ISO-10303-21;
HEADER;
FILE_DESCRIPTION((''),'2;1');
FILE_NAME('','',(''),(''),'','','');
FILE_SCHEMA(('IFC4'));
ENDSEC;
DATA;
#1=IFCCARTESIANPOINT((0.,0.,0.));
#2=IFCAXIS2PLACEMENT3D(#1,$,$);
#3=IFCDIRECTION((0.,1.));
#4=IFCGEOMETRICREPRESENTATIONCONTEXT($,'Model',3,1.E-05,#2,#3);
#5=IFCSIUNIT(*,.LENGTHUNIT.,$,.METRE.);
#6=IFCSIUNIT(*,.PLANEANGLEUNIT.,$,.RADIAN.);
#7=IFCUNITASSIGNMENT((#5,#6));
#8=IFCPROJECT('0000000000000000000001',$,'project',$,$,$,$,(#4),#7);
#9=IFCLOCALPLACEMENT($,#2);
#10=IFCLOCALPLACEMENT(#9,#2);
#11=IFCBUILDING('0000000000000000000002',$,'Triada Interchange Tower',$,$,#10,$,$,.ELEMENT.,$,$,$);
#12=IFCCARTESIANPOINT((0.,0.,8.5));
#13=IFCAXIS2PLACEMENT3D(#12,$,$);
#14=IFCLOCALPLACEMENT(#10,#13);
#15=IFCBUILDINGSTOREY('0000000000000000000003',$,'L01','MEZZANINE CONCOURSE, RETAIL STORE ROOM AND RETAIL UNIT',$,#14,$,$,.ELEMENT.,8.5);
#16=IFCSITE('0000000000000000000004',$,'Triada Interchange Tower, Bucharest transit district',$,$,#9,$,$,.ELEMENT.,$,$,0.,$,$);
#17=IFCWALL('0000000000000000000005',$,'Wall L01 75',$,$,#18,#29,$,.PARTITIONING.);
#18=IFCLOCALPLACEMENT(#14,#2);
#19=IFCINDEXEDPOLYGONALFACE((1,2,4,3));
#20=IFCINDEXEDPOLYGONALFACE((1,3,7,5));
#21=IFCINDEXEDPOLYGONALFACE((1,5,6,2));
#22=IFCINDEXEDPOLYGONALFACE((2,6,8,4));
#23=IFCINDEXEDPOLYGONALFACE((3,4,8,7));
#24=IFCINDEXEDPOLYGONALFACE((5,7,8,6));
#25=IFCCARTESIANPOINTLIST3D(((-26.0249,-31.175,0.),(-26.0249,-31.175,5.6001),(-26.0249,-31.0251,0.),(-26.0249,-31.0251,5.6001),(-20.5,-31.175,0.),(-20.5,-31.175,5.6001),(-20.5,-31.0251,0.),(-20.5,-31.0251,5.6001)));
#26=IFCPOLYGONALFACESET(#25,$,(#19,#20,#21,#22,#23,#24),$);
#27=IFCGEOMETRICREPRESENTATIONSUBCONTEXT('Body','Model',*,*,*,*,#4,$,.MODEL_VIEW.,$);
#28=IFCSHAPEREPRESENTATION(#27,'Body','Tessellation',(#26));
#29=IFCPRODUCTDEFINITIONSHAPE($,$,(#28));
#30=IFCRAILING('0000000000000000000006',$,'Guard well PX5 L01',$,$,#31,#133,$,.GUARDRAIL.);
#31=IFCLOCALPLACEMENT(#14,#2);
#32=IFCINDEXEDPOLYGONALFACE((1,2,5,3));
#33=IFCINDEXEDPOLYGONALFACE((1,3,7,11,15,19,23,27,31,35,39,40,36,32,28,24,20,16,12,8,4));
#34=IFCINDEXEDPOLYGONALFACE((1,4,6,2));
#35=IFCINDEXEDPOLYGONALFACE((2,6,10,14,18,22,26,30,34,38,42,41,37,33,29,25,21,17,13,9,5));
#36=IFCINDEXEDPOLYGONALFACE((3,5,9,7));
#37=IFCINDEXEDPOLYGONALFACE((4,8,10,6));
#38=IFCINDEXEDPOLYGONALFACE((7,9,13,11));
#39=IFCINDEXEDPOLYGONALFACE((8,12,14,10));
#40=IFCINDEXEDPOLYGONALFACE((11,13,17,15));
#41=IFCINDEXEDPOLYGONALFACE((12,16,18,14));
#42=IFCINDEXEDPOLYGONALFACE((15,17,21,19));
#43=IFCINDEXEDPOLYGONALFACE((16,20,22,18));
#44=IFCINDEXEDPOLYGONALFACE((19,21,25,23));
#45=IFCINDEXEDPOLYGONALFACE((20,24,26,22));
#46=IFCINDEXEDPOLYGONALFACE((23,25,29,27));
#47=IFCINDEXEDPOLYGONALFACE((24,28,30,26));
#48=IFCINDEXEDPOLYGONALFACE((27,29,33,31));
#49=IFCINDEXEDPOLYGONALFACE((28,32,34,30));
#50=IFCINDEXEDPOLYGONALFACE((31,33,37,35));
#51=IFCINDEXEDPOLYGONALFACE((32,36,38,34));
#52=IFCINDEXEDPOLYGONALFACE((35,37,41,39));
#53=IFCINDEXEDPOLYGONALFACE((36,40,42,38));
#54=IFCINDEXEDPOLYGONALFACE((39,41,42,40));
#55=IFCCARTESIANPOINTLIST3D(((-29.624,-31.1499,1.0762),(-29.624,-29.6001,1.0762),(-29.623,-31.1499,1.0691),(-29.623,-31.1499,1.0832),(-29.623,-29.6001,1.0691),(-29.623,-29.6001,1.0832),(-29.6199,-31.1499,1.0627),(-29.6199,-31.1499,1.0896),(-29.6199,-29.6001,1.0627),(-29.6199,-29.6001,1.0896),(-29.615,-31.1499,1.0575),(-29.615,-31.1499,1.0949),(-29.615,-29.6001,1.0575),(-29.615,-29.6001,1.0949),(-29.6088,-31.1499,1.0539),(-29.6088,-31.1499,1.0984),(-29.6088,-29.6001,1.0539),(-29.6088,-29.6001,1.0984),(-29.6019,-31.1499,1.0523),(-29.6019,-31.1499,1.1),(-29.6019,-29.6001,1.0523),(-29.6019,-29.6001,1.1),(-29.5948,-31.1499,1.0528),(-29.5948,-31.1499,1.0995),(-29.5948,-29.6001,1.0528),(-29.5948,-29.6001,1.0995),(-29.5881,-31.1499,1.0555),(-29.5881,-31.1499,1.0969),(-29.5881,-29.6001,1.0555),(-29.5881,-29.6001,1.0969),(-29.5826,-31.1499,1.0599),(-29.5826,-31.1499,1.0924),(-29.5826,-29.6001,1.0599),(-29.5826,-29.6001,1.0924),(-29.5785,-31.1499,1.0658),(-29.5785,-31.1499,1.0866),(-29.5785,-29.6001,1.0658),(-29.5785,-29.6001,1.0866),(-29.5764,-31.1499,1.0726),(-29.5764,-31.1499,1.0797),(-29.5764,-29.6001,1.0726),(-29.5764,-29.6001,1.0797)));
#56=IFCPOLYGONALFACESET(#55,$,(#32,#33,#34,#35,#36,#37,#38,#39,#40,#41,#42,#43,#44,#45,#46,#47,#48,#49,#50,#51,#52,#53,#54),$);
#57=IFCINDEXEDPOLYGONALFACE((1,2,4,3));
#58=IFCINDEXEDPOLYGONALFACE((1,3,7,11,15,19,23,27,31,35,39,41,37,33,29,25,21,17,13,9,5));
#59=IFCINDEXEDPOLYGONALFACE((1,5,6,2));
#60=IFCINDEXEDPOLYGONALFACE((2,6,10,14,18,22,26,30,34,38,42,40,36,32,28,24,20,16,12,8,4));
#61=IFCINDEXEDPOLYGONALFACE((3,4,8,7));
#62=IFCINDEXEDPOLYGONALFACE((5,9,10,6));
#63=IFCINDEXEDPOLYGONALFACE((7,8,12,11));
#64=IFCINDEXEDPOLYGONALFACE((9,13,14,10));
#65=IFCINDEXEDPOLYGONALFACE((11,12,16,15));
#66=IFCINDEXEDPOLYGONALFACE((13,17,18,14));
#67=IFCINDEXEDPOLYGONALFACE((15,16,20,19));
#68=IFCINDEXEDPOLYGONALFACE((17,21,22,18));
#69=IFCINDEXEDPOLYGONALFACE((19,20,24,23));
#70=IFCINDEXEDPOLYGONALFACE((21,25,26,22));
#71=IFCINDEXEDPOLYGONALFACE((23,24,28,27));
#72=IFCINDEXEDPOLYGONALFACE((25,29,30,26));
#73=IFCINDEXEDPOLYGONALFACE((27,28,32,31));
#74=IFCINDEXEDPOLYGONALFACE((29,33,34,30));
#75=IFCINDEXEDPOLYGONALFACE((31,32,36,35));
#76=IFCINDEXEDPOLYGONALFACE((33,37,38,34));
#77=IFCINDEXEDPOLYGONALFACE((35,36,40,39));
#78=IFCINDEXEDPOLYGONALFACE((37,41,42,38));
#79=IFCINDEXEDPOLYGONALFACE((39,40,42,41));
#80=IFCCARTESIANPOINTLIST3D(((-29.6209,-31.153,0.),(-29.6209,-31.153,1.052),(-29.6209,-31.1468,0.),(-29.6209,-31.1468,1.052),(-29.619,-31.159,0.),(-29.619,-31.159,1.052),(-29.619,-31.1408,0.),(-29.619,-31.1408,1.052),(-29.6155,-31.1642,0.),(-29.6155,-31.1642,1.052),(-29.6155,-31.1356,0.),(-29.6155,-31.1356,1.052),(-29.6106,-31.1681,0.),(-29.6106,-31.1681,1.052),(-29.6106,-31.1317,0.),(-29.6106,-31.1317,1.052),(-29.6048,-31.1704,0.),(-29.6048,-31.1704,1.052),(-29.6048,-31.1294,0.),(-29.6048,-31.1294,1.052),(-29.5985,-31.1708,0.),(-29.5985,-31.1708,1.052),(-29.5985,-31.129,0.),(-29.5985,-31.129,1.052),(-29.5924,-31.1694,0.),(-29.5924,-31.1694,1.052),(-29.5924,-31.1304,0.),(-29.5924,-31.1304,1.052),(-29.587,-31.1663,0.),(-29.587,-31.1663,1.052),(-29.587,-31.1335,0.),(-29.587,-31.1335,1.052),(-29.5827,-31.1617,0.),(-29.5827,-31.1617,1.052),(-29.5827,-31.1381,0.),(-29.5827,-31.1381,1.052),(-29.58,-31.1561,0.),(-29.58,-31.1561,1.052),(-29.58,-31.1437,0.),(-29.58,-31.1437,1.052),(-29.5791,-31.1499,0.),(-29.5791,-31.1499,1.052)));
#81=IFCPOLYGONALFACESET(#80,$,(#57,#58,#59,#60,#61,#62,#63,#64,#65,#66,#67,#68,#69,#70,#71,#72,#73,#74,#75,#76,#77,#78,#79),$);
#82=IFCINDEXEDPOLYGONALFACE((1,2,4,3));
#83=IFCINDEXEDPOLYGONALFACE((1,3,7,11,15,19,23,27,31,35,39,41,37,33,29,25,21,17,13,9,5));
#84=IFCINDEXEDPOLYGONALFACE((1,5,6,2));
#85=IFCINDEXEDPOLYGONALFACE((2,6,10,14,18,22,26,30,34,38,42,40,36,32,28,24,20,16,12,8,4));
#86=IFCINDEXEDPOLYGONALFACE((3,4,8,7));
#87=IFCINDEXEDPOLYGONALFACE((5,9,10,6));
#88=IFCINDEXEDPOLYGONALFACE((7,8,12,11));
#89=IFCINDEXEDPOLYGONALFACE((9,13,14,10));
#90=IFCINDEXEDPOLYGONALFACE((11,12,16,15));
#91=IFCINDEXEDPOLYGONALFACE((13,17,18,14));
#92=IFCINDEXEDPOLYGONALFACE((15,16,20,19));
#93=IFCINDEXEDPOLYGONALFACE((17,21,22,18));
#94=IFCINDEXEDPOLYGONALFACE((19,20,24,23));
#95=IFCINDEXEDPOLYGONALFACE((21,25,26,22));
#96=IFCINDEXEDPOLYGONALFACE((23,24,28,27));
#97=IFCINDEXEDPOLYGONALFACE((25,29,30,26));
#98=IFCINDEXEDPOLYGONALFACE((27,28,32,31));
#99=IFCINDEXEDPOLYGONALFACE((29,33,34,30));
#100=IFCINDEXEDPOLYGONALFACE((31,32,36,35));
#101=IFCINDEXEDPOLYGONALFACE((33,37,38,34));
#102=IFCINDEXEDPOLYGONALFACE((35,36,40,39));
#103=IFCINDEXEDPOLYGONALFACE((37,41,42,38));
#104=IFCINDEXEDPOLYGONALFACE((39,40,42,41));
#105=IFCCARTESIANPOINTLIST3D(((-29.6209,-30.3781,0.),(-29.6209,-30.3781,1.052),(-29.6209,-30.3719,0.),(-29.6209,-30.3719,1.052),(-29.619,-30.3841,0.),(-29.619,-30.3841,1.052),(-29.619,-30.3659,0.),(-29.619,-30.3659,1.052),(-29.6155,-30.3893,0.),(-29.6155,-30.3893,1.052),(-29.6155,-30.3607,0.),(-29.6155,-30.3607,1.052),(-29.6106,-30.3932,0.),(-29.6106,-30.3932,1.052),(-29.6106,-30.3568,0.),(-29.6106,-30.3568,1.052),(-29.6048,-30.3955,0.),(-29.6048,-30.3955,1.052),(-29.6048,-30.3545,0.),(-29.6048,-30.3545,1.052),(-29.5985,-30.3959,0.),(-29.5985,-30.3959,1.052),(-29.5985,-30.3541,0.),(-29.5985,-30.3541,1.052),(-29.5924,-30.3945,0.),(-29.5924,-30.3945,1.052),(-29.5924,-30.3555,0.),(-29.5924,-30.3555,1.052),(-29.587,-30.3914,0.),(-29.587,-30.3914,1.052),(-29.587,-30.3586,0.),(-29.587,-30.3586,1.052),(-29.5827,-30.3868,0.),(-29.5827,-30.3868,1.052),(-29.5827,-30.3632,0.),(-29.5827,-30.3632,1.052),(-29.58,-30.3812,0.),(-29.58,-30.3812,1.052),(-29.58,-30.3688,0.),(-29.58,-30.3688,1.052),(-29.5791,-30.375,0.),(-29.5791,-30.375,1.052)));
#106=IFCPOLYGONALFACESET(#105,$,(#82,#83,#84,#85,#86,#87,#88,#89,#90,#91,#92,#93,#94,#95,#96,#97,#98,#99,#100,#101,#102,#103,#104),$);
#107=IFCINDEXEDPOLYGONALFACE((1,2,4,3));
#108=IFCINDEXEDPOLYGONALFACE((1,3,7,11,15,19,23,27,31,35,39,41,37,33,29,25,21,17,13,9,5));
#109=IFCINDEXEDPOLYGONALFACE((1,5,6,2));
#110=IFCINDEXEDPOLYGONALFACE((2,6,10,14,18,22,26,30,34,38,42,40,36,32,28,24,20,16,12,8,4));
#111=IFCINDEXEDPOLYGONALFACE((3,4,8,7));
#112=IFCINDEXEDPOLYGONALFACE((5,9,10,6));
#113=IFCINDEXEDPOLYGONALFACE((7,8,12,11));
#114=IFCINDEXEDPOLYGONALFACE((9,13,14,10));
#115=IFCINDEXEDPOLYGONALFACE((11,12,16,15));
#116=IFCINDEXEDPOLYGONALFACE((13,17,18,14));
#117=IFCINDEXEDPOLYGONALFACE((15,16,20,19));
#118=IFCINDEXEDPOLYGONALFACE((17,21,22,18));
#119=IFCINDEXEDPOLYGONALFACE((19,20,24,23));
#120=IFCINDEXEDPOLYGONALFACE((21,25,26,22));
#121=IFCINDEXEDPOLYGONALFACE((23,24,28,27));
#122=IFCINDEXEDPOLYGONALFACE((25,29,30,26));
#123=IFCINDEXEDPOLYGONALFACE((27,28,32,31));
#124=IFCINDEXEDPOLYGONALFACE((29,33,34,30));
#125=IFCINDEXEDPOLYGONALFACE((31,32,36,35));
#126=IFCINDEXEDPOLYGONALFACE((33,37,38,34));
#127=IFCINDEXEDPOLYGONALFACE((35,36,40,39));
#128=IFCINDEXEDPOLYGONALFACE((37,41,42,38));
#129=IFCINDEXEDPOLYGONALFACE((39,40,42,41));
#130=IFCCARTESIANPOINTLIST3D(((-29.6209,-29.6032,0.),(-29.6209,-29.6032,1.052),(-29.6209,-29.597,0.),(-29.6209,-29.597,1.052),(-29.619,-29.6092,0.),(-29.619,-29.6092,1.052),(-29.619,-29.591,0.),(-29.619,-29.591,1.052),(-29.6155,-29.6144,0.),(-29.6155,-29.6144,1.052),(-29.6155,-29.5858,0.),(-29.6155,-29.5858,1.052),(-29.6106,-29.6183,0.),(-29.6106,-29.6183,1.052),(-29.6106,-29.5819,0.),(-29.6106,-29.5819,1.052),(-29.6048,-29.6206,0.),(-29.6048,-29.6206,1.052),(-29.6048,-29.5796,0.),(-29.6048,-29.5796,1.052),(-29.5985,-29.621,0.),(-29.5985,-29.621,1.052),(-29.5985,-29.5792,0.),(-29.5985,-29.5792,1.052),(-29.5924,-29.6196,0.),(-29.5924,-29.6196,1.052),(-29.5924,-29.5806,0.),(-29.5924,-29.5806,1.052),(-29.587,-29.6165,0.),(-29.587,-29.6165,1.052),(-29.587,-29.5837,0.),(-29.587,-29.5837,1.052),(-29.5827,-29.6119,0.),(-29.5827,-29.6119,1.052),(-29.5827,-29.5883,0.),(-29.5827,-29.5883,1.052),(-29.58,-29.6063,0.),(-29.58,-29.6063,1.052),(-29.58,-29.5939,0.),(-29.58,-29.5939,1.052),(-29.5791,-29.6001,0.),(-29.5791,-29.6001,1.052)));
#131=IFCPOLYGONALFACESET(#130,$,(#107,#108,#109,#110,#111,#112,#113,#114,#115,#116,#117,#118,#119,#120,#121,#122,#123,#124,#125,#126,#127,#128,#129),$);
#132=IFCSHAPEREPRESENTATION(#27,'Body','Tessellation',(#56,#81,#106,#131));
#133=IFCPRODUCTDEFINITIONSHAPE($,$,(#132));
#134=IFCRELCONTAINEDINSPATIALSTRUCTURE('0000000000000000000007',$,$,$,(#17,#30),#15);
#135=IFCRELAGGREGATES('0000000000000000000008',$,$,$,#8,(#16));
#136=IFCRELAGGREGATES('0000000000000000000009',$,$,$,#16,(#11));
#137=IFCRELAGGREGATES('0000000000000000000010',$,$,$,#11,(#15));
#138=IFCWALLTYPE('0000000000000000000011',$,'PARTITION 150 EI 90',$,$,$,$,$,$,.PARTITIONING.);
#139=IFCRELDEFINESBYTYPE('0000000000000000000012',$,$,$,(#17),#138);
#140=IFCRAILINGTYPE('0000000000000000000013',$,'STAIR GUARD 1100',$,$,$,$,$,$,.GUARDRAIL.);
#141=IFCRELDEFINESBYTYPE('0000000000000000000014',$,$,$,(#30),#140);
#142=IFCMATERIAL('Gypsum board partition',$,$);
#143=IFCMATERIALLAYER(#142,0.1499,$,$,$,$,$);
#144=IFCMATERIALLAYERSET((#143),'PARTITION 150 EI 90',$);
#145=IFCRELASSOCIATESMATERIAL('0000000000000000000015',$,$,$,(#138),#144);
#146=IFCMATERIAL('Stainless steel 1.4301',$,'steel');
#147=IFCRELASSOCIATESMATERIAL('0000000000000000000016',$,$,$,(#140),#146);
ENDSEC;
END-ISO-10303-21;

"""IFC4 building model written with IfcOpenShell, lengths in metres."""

from ifc_helpers import new_model, si_unit, direction, frame, frame_2d, origin, origin_2d, place, context, subcontext, project, spatial, rectangle, circle, extrude, material, layer, layer_set, type_object, element, save


model = new_model("IFC4")

# Units and contexts
model_context = context("Model", 3, precision=1e-05, world=origin(), true_north=direction((0.0, 1.0)))
body_context = subcontext(model_context, "Body", "Model", "MODEL_VIEW")
ifc_project = project(units=[si_unit("LENGTHUNIT", "METRE"), si_unit("PLANEANGLEUNIT", "RADIAN")], contexts=[model_context])

# Site, building, storey
site_placement = place(None, origin())
site = spatial("IfcSite", under=ifc_project, at=site_placement, Name="Triada Interchange Tower, Bucharest transit district", CompositionType="ELEMENT", RefElevation=0.0)
building_placement = place(site_placement, origin())
building = spatial("IfcBuilding", under=site, at=building_placement, Name="Triada Interchange Tower", CompositionType="ELEMENT")
storey_placement = place(building_placement, frame((0.0, 0.0, 8.5)))
storey = spatial("IfcBuildingStorey", under=building, at=storey_placement, Name="L01", Description="MEZZANINE CONCOURSE, RETAIL STORE ROOM AND RETAIL UNIT", CompositionType="ELEMENT", Elevation=8.5)

# Shared definitions
ifc_material_1 = material(Name="Gypsum board partition")

# Shared definitions
ifc_layer_1 = layer(ifc_material_1, 0.1499)
ifc_layer_set_1 = layer_set([ifc_layer_1], Name="PARTITION 150 EI 90")
wall_type_1 = type_object("IfcWallType", Name="PARTITION 150 EI 90", PredefinedType="PARTITIONING", material=ifc_layer_set_1)

# Wall
wall_1_placement = place(storey_placement, frame((-26.0249, -31.1001, 0.0), z_axis=(0.0, 0.0, 1.0), x_axis=(1.0, 0.0, 0.0)))
element("IfcWall", 1, at=wall_1_placement, inside=storey, type_object=wall_type_1, Name="Wall L01 75", PredefinedType="PARTITIONING", context=body_context, shape_type="SweptSolid", body=[
    extrude(rectangle(XDim=5.5249, YDim=0.1499, at=frame_2d((2.7625, 0.0))), origin(), (0.0, 0.0, 1.0), 5.6001),
])

# Railing
ifc_material_2 = material(Name="Stainless steel 1.4301", Category="steel")
railing_type = type_object("IfcRailingType", Name="STAIR GUARD 1100", PredefinedType="GUARDRAIL", material=ifc_material_2)
railing_placement = place(storey_placement, frame((-29.6001, -31.1499, 0.0)))
element("IfcRailing", 2, at=railing_placement, inside=storey, type_object=railing_type, Name="Guard well PX5 L01", PredefinedType="GUARDRAIL", context=body_context, shape_type="SweptSolid", body=[
    extrude(circle(Radius=0.0239, at=origin_2d()), frame((0.0, 0.0, 1.0762), z_axis=(0.0, 1.0, 0.0), x_axis=(-1.0, 0.0, 0.0)), (0.0, 0.0, 1.0), 1.5498),
    extrude(circle(Radius=0.021, at=origin_2d()), origin(), (0.0, 0.0, 1.0), 1.052),
    extrude(circle(Radius=0.021, at=origin_2d()), frame((0.0, 0.7749, 0.0)), (0.0, 0.0, 1.0), 1.052),
    extrude(circle(Radius=0.021, at=origin_2d()), frame((0.0, 1.5498, 0.0)), (0.0, 0.0, 1.0), 1.052),
])

save(model, "model.ifc")
